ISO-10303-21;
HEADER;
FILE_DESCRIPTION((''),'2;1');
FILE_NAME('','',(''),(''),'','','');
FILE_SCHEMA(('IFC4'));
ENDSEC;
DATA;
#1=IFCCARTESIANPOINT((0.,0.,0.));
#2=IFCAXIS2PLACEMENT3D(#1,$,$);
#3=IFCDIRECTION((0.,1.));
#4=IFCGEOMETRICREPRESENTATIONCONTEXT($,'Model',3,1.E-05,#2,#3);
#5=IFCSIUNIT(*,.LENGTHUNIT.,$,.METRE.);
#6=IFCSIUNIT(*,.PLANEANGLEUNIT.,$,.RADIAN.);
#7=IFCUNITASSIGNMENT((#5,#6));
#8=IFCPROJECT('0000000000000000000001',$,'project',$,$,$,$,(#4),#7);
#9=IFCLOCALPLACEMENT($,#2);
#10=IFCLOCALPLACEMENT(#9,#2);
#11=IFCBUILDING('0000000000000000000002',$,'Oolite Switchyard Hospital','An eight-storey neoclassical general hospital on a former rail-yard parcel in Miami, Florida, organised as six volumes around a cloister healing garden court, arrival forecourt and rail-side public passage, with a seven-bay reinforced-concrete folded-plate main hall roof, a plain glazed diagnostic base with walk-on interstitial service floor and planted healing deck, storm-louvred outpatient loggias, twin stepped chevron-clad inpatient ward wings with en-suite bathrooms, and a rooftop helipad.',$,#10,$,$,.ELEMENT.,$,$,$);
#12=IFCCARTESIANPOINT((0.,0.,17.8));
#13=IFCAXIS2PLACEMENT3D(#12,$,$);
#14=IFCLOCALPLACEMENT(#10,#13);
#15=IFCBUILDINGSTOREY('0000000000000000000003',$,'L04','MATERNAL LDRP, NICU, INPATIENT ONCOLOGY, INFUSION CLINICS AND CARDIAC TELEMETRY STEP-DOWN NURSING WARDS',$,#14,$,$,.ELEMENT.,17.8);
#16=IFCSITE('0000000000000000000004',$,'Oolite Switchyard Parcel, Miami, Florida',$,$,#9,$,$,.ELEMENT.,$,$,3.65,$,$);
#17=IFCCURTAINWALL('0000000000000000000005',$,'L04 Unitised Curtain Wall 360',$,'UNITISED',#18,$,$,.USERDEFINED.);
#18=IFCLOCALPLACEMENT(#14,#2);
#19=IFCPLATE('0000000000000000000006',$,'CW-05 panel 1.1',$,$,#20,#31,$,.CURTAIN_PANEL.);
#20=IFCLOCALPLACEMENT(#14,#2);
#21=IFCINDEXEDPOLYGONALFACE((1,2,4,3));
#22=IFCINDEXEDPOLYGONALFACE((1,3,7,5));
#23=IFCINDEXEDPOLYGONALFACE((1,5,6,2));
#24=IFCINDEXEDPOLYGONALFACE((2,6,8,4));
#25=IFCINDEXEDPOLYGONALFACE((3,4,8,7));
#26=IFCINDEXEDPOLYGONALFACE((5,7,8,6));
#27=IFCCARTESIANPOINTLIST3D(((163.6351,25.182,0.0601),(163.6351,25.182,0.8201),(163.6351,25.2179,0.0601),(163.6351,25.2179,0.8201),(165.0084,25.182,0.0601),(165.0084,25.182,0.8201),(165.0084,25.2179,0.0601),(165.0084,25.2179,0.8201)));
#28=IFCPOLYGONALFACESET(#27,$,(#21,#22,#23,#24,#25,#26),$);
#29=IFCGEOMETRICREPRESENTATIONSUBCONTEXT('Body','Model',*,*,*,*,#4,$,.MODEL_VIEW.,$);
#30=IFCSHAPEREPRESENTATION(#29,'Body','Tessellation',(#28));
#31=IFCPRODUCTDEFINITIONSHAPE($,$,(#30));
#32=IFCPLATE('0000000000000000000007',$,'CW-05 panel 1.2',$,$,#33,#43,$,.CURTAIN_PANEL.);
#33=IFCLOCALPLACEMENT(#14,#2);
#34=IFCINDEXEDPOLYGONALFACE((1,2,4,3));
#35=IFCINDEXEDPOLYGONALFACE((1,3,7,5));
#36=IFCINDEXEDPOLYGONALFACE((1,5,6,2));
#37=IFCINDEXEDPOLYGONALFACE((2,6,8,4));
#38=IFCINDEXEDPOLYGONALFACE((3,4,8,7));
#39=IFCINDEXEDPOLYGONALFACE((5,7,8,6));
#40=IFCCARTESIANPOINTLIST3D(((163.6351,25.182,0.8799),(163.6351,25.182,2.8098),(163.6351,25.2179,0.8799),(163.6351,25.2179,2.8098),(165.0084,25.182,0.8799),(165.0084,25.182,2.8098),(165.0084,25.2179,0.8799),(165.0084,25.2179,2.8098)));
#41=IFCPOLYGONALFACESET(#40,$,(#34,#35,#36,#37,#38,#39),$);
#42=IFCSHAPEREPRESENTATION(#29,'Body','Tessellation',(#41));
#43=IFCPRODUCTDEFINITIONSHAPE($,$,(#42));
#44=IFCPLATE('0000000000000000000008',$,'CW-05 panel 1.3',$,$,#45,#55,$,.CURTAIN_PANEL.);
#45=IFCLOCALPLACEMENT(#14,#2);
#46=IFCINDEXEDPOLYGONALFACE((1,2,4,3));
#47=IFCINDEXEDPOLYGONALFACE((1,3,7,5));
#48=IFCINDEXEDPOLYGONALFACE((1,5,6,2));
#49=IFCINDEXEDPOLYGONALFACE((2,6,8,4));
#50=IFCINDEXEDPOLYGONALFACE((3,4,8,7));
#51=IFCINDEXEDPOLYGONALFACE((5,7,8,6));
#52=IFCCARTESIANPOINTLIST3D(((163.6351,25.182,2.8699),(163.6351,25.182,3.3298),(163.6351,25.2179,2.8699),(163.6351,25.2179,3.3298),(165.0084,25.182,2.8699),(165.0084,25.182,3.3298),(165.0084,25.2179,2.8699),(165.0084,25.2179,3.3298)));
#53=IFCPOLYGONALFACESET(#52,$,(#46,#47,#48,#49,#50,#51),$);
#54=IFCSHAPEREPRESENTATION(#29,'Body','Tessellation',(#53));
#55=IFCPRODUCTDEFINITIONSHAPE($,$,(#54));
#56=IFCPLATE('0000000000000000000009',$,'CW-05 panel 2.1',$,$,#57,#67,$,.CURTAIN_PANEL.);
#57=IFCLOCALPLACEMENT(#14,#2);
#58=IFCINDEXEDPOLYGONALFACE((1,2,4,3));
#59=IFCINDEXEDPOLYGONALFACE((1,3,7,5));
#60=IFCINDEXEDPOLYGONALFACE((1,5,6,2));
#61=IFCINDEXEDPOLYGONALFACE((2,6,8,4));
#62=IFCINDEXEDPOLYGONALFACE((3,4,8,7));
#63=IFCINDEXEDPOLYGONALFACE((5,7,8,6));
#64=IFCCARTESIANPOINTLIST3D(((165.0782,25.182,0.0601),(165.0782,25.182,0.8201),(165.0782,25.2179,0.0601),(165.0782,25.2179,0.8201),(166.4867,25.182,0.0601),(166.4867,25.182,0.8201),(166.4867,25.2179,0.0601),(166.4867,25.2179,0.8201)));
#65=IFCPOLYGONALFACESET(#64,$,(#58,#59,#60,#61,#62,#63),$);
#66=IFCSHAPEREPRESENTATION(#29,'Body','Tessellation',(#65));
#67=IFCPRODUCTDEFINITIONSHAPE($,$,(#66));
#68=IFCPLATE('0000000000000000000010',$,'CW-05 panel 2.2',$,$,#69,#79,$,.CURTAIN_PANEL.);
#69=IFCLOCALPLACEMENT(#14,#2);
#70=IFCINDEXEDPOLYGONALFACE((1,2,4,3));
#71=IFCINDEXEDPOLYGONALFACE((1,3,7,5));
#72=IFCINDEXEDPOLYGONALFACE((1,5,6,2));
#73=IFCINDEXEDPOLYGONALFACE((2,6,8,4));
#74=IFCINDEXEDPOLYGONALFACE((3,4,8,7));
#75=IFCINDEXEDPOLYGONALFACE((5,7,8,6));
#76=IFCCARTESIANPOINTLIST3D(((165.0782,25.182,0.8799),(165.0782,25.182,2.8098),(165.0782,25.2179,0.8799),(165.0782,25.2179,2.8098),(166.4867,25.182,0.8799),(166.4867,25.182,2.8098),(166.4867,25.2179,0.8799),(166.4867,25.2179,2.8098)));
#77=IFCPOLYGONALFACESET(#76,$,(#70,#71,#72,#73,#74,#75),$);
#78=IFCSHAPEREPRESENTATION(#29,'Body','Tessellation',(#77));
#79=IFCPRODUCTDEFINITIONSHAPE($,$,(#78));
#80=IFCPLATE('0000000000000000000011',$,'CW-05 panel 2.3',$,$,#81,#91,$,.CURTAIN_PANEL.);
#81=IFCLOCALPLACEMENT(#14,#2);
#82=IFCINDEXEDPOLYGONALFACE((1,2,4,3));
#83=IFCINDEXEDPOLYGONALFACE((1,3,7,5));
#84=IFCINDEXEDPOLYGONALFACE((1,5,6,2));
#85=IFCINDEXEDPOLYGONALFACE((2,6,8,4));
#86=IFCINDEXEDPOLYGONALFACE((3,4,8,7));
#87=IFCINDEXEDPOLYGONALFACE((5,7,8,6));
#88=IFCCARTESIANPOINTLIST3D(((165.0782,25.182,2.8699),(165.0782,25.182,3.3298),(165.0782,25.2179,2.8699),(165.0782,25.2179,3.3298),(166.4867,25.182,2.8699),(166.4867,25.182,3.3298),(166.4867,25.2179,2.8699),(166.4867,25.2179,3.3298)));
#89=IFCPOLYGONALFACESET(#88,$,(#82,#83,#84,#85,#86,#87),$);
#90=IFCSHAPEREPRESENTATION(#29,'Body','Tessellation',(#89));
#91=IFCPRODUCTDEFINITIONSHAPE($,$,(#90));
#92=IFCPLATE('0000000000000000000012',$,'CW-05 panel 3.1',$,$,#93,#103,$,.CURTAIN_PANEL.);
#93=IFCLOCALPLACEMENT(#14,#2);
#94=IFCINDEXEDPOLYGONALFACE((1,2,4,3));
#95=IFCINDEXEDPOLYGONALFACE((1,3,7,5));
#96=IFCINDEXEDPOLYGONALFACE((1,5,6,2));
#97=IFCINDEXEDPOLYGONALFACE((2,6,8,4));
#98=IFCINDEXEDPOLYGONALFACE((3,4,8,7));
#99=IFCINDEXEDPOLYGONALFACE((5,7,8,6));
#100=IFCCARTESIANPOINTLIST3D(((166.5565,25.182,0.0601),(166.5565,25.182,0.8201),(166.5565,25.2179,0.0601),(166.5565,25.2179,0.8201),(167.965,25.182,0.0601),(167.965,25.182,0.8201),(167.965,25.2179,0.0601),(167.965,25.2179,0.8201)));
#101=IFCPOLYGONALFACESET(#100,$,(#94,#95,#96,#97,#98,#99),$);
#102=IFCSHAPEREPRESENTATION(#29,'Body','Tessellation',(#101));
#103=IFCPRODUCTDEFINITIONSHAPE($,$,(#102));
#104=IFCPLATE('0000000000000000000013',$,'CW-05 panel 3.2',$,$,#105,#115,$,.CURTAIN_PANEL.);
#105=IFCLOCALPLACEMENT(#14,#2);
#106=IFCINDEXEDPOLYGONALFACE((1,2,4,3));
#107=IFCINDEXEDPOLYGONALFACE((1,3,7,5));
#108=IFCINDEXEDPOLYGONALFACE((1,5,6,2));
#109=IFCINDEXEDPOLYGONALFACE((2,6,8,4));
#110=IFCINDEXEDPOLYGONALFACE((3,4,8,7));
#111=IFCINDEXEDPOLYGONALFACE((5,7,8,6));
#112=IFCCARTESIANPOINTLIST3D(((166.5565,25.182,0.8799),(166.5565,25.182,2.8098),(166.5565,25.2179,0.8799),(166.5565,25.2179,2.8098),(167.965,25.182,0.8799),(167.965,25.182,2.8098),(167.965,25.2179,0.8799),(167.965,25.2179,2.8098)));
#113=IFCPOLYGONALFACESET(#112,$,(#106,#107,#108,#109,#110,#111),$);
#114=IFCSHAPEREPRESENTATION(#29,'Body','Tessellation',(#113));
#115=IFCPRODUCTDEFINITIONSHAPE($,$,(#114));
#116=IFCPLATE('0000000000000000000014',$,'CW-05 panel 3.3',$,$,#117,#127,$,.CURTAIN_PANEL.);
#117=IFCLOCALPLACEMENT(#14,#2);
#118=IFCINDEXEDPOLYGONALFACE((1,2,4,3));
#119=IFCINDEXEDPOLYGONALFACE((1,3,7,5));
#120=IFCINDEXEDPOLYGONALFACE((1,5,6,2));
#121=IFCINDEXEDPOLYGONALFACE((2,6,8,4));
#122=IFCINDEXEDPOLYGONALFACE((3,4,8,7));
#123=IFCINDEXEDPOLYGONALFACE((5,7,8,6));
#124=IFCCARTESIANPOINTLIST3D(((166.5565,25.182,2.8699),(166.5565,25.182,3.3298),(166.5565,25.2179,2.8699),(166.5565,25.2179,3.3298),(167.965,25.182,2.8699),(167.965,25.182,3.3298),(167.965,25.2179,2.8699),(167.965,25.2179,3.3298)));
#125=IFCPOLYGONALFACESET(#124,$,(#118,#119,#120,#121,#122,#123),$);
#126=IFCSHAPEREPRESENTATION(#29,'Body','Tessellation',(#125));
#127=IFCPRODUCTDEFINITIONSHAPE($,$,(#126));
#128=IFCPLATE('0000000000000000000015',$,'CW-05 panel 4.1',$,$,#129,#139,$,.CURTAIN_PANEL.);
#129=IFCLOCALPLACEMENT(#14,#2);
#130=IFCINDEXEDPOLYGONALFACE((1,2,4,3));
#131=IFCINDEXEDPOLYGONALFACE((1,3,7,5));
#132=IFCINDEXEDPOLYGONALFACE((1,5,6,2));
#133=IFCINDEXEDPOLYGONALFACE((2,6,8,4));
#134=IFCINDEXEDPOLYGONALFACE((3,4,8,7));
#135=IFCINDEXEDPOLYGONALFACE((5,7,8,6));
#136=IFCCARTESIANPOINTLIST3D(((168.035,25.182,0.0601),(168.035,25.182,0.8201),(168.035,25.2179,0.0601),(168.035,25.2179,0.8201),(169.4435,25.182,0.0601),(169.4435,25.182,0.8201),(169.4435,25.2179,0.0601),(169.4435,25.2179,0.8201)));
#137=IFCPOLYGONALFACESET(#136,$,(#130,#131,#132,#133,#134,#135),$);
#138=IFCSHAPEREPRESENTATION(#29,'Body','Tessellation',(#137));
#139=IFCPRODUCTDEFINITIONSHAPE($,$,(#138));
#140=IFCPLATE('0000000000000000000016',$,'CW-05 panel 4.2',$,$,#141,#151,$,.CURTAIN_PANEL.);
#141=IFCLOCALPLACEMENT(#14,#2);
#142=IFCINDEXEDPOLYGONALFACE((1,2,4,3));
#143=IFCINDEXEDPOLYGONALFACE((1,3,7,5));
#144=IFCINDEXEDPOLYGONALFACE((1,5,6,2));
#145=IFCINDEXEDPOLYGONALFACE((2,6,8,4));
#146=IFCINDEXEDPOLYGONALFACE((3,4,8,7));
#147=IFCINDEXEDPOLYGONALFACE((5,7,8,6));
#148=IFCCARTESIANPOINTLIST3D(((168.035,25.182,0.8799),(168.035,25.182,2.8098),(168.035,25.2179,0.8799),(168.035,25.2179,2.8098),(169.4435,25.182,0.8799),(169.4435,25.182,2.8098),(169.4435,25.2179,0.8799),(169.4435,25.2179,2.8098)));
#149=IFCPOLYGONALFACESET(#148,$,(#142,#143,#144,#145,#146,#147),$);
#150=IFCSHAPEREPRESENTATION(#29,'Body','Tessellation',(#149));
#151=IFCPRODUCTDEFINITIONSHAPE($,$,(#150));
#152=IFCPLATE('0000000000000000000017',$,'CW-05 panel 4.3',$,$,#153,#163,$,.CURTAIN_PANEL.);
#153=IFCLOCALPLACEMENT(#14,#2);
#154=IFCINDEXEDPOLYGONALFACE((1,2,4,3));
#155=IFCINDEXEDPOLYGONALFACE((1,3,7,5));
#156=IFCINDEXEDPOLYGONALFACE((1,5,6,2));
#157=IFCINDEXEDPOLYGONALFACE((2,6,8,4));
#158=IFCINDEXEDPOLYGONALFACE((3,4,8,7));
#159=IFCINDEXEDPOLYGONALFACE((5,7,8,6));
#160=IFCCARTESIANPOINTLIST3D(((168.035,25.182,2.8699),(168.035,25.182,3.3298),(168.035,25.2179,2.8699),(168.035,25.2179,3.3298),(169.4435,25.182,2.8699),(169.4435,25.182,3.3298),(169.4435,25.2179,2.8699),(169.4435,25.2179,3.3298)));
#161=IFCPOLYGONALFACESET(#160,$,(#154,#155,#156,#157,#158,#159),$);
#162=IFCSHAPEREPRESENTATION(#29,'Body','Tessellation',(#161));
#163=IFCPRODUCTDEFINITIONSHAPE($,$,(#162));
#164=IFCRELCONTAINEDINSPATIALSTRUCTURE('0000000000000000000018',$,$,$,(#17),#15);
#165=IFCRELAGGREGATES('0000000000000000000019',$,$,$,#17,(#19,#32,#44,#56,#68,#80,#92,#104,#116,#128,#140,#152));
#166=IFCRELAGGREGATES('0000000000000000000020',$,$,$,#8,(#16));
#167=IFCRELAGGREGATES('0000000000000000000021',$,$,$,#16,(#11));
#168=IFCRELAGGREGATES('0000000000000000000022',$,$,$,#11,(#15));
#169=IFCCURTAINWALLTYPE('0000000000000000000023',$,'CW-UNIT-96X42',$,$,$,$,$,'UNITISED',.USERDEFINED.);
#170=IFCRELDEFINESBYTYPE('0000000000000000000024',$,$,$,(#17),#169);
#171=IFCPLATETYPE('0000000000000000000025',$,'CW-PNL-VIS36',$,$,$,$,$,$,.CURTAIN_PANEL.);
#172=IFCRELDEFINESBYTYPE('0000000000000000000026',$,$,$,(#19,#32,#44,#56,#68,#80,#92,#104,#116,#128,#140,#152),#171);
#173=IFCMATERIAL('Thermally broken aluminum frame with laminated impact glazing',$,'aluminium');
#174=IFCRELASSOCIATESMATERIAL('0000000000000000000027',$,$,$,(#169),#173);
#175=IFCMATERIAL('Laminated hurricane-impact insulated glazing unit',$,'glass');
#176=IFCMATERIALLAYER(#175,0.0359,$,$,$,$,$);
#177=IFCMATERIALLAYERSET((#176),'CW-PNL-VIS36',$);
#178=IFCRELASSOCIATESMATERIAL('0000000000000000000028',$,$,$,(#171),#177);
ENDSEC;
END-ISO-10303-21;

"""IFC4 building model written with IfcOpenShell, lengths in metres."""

from ifc_helpers import new_model, si_unit, direction, frame, origin, origin_2d, place, context, subcontext, project, spatial, rectangle, extrude, material, layer, layer_set, type_object, element, aggregate, save


model = new_model("IFC4")

# Units and contexts
model_context = context("Model", 3, precision=1e-05, world=origin(), true_north=direction((0.0, 1.0)))
body_context = subcontext(model_context, "Body", "Model", "MODEL_VIEW")
ifc_project = project(units=[si_unit("LENGTHUNIT", "METRE"), si_unit("PLANEANGLEUNIT", "RADIAN")], contexts=[model_context])

# Site, building, storey
site_placement = place(None, origin())
site = spatial("IfcSite", under=ifc_project, at=site_placement, Name="Oolite Switchyard Parcel, Miami, Florida", CompositionType="ELEMENT", RefElevation=3.65)
building_placement = place(site_placement, origin())
building = spatial("IfcBuilding", under=site, at=building_placement, Name="Oolite Switchyard Hospital", Description="An eight-storey neoclassical general hospital on a former rail-yard parcel in Miami, Florida, organised as six volumes around a cloister healing garden court, arrival forecourt and rail-side public passage, with a seven-bay reinforced-concrete folded-plate main hall roof, a plain glazed diagnostic base with walk-on interstitial service floor and planted healing deck, storm-louvred outpatient loggias, twin stepped chevron-clad inpatient ward wings with en-suite bathrooms, and a rooftop helipad.", CompositionType="ELEMENT")
storey_placement = place(building_placement, frame((0.0, 0.0, 17.8)))
storey = spatial("IfcBuildingStorey", under=building, at=storey_placement, Name="L04", Description="MATERNAL LDRP, NICU, INPATIENT ONCOLOGY, INFUSION CLINICS AND CARDIAC TELEMETRY STEP-DOWN NURSING WARDS", CompositionType="ELEMENT", Elevation=17.8)

# Curtain wall, plates
ifc_material_1 = material(Name="Thermally broken aluminum frame with laminated impact glazing", Category="aluminium")
curtain_wall_type = type_object("IfcCurtainWallType", Name="CW-UNIT-96X42", ElementType="UNITISED", PredefinedType="USERDEFINED", material=ifc_material_1)
curtain_wall_placement = place(storey_placement, origin())
curtain_wall = element("IfcCurtainWall", 1, at=curtain_wall_placement, inside=storey, type_object=curtain_wall_type, Name="L04 Unitised Curtain Wall 360", ObjectType="UNITISED", PredefinedType="USERDEFINED")
ifc_material_2 = material(Name="Laminated hurricane-impact insulated glazing unit", Category="glass")
ifc_layer = layer(ifc_material_2, 0.0359)
ifc_layer_set = layer_set([ifc_layer], Name="CW-PNL-VIS36")
plate_type = type_object("IfcPlateType", Name="CW-PNL-VIS36", PredefinedType="CURTAIN_PANEL", material=ifc_layer_set)
plate_1_placement = place(storey_placement, frame((164.3218, 25.2, 0.0601), z_axis=(0.0, 0.0, 1.0), x_axis=(1.0, 0.0, 0.0)))
plate_1 = element("IfcPlate", 2, at=plate_1_placement, type_object=plate_type, Name="CW-05 panel 1.1", PredefinedType="CURTAIN_PANEL", context=body_context, shape_type="SweptSolid", body=[
    extrude(rectangle(XDim=1.3733, YDim=0.0359, at=origin_2d()), origin(), (0.0, 0.0, 1.0), 0.76),
])
plate_2_placement = place(storey_placement, frame((164.3218, 25.2, 0.8799), z_axis=(0.0, 0.0, 1.0), x_axis=(1.0, 0.0, 0.0)))
plate_2 = element("IfcPlate", 3, at=plate_2_placement, type_object=plate_type, Name="CW-05 panel 1.2", PredefinedType="CURTAIN_PANEL", context=body_context, shape_type="SweptSolid", body=[
    extrude(rectangle(XDim=1.3733, YDim=0.0359, at=origin_2d()), origin(), (0.0, 0.0, 1.0), 1.9299),
])
plate_3_placement = place(storey_placement, frame((164.3218, 25.2, 2.8699), z_axis=(0.0, 0.0, 1.0), x_axis=(1.0, 0.0, 0.0)))
plate_3 = element("IfcPlate", 4, at=plate_3_placement, type_object=plate_type, Name="CW-05 panel 1.3", PredefinedType="CURTAIN_PANEL", context=body_context, shape_type="SweptSolid", body=[
    extrude(rectangle(XDim=1.3733, YDim=0.0359, at=origin_2d()), origin(), (0.0, 0.0, 1.0), 0.46),
])
plate_4_placement = place(storey_placement, frame((165.7825, 25.2, 0.0601), z_axis=(0.0, 0.0, 1.0), x_axis=(1.0, 0.0, 0.0)))
plate_4 = element("IfcPlate", 5, at=plate_4_placement, type_object=plate_type, Name="CW-05 panel 2.1", PredefinedType="CURTAIN_PANEL", context=body_context, shape_type="SweptSolid", body=[
    extrude(rectangle(XDim=1.4084, YDim=0.0359, at=origin_2d()), origin(), (0.0, 0.0, 1.0), 0.76),
])
plate_5_placement = place(storey_placement, frame((165.7825, 25.2, 0.8799), z_axis=(0.0, 0.0, 1.0), x_axis=(1.0, 0.0, 0.0)))
plate_5 = element("IfcPlate", 6, at=plate_5_placement, type_object=plate_type, Name="CW-05 panel 2.2", PredefinedType="CURTAIN_PANEL", context=body_context, shape_type="SweptSolid", body=[
    extrude(rectangle(XDim=1.4084, YDim=0.0359, at=origin_2d()), origin(), (0.0, 0.0, 1.0), 1.9299),
])
plate_6_placement = place(storey_placement, frame((165.7825, 25.2, 2.8699), z_axis=(0.0, 0.0, 1.0), x_axis=(1.0, 0.0, 0.0)))
plate_6 = element("IfcPlate", 7, at=plate_6_placement, type_object=plate_type, Name="CW-05 panel 2.3", PredefinedType="CURTAIN_PANEL", context=body_context, shape_type="SweptSolid", body=[
    extrude(rectangle(XDim=1.4084, YDim=0.0359, at=origin_2d()), origin(), (0.0, 0.0, 1.0), 0.46),
])
plate_7_placement = place(storey_placement, frame((167.2607, 25.2, 0.0601), z_axis=(0.0, 0.0, 1.0), x_axis=(1.0, 0.0, 0.0)))
plate_7 = element("IfcPlate", 8, at=plate_7_placement, type_object=plate_type, Name="CW-05 panel 3.1", PredefinedType="CURTAIN_PANEL", context=body_context, shape_type="SweptSolid", body=[
    extrude(rectangle(XDim=1.4084, YDim=0.0359, at=origin_2d()), origin(), (0.0, 0.0, 1.0), 0.76),
])
plate_8_placement = place(storey_placement, frame((167.2607, 25.2, 0.8799), z_axis=(0.0, 0.0, 1.0), x_axis=(1.0, 0.0, 0.0)))
plate_8 = element("IfcPlate", 9, at=plate_8_placement, type_object=plate_type, Name="CW-05 panel 3.2", PredefinedType="CURTAIN_PANEL", context=body_context, shape_type="SweptSolid", body=[
    extrude(rectangle(XDim=1.4084, YDim=0.0359, at=origin_2d()), origin(), (0.0, 0.0, 1.0), 1.9299),
])
plate_9_placement = place(storey_placement, frame((167.2607, 25.2, 2.8699), z_axis=(0.0, 0.0, 1.0), x_axis=(1.0, 0.0, 0.0)))
plate_9 = element("IfcPlate", 10, at=plate_9_placement, type_object=plate_type, Name="CW-05 panel 3.3", PredefinedType="CURTAIN_PANEL", context=body_context, shape_type="SweptSolid", body=[
    extrude(rectangle(XDim=1.4084, YDim=0.0359, at=origin_2d()), origin(), (0.0, 0.0, 1.0), 0.46),
])
plate_10_placement = place(storey_placement, frame((168.7393, 25.2, 0.0601), z_axis=(0.0, 0.0, 1.0), x_axis=(1.0, 0.0, 0.0)))
plate_10 = element("IfcPlate", 11, at=plate_10_placement, type_object=plate_type, Name="CW-05 panel 4.1", PredefinedType="CURTAIN_PANEL", context=body_context, shape_type="SweptSolid", body=[
    extrude(rectangle(XDim=1.4084, YDim=0.0359, at=origin_2d()), origin(), (0.0, 0.0, 1.0), 0.76),
])
plate_11_placement = place(storey_placement, frame((168.7393, 25.2, 0.8799), z_axis=(0.0, 0.0, 1.0), x_axis=(1.0, 0.0, 0.0)))
plate_11 = element("IfcPlate", 12, at=plate_11_placement, type_object=plate_type, Name="CW-05 panel 4.2", PredefinedType="CURTAIN_PANEL", context=body_context, shape_type="SweptSolid", body=[
    extrude(rectangle(XDim=1.4084, YDim=0.0359, at=origin_2d()), origin(), (0.0, 0.0, 1.0), 1.9299),
])
plate_12_placement = place(storey_placement, frame((168.7393, 25.2, 2.8699), z_axis=(0.0, 0.0, 1.0), x_axis=(1.0, 0.0, 0.0)))
plate_12 = element("IfcPlate", 13, at=plate_12_placement, type_object=plate_type, Name="CW-05 panel 4.3", PredefinedType="CURTAIN_PANEL", context=body_context, shape_type="SweptSolid", body=[
    extrude(rectangle(XDim=1.4084, YDim=0.0359, at=origin_2d()), origin(), (0.0, 0.0, 1.0), 0.46),
])
aggregate(curtain_wall, [plate_1, plate_2, plate_3, plate_4, plate_5, plate_6, plate_7, plate_8, plate_9, plate_10, plate_11, plate_12])

save(model, "model.ifc")
